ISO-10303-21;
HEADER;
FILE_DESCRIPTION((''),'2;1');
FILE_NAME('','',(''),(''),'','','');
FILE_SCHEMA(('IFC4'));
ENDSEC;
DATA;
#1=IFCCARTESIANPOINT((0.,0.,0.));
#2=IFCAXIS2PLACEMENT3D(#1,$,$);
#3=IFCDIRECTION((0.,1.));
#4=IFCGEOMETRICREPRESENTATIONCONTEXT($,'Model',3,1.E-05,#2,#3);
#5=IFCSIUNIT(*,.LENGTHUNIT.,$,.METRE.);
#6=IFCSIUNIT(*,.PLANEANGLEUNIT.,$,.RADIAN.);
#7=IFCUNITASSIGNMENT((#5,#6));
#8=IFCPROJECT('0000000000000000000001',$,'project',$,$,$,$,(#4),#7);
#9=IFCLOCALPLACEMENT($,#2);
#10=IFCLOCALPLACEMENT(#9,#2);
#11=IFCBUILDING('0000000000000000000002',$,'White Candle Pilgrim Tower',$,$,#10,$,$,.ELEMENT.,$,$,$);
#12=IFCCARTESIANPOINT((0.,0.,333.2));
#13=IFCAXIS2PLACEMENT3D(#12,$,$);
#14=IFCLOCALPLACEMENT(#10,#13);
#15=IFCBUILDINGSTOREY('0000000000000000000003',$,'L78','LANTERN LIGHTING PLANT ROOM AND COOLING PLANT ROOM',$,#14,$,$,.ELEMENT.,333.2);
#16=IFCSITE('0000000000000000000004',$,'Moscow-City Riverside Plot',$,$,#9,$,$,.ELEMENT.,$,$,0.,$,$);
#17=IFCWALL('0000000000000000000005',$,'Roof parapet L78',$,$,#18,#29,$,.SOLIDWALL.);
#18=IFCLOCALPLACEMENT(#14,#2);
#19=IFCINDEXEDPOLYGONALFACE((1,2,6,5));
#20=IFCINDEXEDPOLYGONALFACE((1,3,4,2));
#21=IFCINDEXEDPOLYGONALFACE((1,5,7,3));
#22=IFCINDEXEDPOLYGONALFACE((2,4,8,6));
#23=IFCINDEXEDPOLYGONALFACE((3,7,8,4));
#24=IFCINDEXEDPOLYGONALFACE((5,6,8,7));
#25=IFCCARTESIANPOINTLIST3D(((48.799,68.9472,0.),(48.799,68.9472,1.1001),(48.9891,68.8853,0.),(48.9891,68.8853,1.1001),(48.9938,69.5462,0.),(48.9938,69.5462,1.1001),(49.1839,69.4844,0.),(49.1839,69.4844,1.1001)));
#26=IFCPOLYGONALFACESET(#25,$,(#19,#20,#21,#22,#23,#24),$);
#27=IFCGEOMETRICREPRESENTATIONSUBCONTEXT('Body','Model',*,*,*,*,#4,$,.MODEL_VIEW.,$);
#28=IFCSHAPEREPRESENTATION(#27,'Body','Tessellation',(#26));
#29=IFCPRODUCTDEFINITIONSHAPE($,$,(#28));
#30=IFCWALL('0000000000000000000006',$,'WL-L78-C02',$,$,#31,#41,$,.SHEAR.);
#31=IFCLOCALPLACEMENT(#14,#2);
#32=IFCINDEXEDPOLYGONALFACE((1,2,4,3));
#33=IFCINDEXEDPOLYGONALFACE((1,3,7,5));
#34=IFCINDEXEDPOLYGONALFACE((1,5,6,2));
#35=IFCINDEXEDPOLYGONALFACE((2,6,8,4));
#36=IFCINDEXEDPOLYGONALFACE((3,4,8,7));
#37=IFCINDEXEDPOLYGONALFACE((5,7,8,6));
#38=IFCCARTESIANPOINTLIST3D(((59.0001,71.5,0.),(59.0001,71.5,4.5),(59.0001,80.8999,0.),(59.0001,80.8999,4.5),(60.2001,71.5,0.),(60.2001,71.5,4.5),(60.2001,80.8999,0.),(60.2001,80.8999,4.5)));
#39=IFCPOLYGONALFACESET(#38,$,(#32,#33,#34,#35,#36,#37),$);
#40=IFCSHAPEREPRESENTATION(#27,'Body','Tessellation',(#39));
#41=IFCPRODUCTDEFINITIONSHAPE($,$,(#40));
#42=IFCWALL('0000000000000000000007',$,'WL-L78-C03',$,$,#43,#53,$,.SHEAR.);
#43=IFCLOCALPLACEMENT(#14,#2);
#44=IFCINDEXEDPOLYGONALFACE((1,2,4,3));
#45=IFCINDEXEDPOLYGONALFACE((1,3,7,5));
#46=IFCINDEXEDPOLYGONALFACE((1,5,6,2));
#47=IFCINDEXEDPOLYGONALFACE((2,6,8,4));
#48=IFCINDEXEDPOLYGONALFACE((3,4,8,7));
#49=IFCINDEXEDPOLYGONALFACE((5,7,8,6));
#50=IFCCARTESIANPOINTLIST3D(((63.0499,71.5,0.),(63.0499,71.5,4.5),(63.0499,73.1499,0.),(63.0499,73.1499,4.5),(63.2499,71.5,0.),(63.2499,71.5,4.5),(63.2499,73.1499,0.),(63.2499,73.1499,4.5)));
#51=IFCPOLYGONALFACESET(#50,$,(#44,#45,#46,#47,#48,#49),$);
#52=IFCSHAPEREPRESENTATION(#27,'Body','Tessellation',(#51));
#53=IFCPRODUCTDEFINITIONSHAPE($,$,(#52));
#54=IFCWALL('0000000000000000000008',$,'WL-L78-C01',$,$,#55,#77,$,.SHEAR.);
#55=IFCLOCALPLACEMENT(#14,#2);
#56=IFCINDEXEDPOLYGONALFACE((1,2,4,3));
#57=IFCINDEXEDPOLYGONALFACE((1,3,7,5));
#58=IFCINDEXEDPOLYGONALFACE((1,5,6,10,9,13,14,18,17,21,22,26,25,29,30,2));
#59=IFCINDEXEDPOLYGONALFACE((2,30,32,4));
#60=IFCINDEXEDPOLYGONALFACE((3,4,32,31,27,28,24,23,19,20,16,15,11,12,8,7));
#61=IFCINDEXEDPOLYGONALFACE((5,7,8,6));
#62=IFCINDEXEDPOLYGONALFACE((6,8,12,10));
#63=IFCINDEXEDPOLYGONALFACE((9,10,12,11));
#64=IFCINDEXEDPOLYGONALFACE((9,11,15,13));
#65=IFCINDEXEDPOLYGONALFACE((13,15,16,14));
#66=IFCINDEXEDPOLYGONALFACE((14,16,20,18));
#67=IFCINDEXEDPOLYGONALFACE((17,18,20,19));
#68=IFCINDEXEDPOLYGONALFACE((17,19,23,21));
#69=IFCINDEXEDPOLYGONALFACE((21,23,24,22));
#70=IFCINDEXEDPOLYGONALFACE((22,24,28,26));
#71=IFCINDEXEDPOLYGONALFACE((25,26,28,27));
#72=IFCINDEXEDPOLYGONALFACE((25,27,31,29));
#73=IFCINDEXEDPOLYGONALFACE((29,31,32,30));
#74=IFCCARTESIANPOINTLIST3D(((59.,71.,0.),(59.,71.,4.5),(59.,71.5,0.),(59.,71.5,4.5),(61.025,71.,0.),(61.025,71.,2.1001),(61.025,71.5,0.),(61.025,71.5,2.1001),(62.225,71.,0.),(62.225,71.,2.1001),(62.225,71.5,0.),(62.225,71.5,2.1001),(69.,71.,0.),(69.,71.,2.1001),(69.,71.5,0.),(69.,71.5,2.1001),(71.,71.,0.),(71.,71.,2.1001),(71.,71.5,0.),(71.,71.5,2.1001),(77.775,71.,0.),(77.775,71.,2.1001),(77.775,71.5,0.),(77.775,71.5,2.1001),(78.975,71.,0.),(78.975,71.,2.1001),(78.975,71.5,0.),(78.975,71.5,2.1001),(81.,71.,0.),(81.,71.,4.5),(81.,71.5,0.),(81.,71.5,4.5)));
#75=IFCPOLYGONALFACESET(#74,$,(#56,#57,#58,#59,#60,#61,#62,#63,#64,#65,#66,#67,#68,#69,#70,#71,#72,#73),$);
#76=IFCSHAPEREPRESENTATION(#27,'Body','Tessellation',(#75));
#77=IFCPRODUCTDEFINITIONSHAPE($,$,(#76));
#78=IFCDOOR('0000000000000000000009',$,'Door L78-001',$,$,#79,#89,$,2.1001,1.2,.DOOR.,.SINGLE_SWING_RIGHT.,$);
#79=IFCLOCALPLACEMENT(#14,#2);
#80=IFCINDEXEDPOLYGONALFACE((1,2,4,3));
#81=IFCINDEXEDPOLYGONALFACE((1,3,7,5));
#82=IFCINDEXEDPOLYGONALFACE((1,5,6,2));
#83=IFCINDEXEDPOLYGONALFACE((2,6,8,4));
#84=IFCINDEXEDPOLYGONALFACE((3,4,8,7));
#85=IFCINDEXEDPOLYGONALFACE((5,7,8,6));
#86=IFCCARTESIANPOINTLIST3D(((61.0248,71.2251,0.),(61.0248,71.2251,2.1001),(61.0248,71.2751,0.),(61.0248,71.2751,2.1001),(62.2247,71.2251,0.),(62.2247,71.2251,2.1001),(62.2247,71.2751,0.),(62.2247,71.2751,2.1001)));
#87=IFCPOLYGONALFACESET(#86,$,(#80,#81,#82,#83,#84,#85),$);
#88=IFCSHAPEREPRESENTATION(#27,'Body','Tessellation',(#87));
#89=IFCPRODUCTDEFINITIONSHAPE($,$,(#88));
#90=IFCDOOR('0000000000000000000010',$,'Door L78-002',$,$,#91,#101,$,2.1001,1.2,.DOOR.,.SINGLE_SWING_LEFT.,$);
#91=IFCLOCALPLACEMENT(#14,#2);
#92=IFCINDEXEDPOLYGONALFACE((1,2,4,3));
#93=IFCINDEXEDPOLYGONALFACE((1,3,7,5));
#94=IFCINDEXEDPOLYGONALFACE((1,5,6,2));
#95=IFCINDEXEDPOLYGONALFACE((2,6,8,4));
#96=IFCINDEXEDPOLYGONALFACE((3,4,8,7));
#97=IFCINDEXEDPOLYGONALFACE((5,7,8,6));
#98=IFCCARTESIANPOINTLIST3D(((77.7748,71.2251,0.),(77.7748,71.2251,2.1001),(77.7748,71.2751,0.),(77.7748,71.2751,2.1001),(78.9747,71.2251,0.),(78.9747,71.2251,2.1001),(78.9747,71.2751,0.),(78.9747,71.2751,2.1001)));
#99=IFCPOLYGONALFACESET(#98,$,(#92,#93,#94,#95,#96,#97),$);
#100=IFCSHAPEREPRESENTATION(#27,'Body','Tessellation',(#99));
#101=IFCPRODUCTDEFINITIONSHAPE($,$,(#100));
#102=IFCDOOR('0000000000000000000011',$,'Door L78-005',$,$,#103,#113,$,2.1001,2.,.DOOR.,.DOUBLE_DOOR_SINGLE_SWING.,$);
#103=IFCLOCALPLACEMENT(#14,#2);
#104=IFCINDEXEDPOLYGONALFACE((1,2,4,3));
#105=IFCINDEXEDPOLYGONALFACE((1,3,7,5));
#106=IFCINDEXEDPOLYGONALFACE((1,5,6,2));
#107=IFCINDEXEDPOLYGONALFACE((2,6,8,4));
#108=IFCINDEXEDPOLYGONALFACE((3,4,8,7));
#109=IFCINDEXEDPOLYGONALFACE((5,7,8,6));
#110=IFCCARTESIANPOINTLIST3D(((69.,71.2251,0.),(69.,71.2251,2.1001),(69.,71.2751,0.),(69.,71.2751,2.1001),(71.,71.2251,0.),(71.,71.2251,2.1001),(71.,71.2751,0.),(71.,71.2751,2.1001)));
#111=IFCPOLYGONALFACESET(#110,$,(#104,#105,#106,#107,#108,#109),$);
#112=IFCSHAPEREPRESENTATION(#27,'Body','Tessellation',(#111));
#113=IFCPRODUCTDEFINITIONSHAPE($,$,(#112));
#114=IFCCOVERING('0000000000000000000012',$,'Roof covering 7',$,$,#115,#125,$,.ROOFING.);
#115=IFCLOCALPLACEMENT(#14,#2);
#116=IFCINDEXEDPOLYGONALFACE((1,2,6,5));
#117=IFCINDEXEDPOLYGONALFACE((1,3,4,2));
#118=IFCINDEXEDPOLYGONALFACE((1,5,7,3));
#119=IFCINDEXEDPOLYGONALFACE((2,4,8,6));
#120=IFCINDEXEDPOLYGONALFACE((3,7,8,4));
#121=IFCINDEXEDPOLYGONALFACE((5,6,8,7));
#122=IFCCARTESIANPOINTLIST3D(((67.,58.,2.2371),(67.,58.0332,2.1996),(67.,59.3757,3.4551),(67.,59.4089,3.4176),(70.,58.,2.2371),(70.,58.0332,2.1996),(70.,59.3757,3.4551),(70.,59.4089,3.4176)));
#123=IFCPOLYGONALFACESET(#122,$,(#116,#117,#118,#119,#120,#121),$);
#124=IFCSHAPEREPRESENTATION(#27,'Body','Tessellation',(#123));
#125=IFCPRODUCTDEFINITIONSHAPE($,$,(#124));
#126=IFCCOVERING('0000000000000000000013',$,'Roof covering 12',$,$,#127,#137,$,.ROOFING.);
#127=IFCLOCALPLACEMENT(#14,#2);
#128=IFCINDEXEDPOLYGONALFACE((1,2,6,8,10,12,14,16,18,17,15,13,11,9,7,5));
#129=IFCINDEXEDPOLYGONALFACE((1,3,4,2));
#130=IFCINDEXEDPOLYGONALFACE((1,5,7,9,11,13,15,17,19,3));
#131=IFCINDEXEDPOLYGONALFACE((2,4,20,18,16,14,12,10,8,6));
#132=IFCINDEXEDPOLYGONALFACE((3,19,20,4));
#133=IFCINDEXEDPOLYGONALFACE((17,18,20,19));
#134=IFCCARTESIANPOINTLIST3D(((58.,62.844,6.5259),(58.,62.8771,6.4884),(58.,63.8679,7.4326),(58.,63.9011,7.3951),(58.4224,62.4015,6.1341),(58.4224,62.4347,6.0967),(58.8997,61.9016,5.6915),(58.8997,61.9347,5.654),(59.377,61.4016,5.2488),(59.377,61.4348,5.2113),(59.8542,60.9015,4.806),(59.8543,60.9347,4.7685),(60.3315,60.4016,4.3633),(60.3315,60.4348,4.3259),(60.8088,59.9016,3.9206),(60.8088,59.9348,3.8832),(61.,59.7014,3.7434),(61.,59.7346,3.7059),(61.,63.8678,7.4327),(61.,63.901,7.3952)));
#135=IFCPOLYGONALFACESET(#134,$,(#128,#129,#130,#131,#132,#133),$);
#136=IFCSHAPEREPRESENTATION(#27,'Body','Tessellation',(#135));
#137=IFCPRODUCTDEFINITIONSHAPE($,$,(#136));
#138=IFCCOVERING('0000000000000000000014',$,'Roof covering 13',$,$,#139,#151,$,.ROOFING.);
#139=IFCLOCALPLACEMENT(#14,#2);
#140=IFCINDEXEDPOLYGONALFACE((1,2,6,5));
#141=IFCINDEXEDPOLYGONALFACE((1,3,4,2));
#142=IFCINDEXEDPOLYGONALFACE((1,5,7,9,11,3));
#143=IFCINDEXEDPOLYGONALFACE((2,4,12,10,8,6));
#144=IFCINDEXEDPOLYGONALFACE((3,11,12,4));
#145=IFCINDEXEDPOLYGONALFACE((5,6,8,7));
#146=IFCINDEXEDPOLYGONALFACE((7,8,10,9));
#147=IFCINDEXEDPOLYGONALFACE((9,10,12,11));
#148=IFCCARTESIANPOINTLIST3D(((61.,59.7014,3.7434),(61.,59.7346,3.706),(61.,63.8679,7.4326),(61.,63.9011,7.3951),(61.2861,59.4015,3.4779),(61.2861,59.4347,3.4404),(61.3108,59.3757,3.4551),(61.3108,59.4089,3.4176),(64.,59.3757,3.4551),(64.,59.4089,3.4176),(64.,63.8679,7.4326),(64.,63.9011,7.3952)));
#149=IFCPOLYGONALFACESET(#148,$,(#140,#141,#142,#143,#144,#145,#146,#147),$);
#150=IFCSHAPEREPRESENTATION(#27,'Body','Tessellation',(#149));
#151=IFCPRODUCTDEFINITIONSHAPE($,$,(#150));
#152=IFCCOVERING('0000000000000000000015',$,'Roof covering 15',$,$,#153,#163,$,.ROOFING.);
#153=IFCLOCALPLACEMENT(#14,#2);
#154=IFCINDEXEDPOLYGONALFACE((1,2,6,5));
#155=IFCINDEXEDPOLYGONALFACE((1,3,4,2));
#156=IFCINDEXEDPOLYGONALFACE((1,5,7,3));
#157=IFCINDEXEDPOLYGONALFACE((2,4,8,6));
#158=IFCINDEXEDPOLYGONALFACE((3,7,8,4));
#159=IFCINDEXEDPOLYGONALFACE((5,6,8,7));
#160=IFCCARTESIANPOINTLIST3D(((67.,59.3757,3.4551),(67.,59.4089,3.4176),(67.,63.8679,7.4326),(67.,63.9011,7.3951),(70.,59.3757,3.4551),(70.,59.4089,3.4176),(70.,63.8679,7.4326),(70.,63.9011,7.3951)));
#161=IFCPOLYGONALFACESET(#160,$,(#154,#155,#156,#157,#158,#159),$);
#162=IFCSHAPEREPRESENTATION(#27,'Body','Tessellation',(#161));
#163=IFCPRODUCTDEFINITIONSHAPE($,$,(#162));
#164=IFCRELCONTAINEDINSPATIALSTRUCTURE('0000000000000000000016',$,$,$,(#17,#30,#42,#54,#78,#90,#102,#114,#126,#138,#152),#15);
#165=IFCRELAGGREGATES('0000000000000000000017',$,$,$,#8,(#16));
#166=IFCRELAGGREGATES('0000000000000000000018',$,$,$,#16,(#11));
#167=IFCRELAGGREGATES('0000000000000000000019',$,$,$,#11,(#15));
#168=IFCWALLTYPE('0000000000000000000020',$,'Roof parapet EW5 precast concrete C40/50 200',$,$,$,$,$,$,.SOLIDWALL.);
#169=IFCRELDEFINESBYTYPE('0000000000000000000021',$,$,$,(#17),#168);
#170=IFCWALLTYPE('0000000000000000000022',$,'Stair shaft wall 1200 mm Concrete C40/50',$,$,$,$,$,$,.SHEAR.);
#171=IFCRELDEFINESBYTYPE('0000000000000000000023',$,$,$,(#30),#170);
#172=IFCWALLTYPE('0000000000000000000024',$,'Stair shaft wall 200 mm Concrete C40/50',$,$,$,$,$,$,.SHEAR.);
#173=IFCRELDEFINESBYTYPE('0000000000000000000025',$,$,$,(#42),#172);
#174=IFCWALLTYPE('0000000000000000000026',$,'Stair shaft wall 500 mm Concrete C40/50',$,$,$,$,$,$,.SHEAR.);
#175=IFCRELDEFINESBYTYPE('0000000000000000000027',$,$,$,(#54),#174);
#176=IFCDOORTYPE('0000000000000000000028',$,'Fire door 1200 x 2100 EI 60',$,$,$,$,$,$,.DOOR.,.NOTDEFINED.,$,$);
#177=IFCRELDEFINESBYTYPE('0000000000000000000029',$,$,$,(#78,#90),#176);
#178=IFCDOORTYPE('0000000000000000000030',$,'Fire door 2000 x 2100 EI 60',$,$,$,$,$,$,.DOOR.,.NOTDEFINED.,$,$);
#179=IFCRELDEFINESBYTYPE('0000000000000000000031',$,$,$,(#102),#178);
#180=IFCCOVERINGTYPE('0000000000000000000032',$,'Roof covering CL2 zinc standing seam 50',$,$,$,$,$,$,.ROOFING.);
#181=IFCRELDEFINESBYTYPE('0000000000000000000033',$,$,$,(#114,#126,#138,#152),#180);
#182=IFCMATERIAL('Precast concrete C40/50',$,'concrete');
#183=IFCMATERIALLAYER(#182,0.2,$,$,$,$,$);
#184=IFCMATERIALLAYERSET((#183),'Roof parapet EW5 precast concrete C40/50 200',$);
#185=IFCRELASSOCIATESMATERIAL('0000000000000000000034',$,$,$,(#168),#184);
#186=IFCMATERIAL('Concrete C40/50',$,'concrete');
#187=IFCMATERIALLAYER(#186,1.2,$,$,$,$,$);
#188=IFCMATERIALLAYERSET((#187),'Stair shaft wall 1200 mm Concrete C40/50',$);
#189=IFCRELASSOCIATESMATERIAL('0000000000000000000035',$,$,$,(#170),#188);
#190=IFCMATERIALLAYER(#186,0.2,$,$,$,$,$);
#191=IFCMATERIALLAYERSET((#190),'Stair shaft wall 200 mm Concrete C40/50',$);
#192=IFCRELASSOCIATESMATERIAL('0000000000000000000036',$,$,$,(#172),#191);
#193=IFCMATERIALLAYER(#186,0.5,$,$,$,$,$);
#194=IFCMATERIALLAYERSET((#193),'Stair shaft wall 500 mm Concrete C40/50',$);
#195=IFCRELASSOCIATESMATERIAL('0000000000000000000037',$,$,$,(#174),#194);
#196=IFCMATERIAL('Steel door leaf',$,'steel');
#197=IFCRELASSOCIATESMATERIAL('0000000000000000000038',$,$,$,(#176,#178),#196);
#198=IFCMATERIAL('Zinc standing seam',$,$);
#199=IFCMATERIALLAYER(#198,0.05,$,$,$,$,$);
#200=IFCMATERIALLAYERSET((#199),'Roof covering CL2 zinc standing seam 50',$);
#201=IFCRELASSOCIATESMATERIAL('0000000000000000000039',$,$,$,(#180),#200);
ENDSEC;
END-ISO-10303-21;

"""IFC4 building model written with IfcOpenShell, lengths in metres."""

from ifc_helpers import new_model, si_unit, direction, frame, frame_2d, origin, place, context, subcontext, project, spatial, polyline, rectangle, outline, extrude, material, layer, layer_set, type_object, element, fill, save


model = new_model("IFC4")

# Units and contexts
model_context = context("Model", 3, precision=1e-05, world=origin(), true_north=direction((0.0, 1.0)))
body_context = subcontext(model_context, "Body", "Model", "MODEL_VIEW")
ifc_project = project(units=[si_unit("LENGTHUNIT", "METRE"), si_unit("PLANEANGLEUNIT", "RADIAN")], contexts=[model_context])

# Site, building, storey
site_placement = place(None, origin())
site = spatial("IfcSite", under=ifc_project, at=site_placement, Name="Moscow-City Riverside Plot", CompositionType="ELEMENT", RefElevation=0.0)
building_placement = place(site_placement, origin())
building = spatial("IfcBuilding", under=site, at=building_placement, Name="White Candle Pilgrim Tower", CompositionType="ELEMENT")
storey_placement = place(building_placement, frame((0.0, 0.0, 333.2)))
storey = spatial("IfcBuildingStorey", under=building, at=storey_placement, Name="L78", Description="LANTERN LIGHTING PLANT ROOM AND COOLING PLANT ROOM", CompositionType="ELEMENT", Elevation=333.2)

# Shared definitions
ifc_material_1 = material(Name="Steel door leaf", Category="steel")

# Walls
ifc_material_2 = material(Name="Precast concrete C40/50", Category="concrete")
ifc_layer_1 = layer(ifc_material_2, 0.2)
ifc_layer_set_1 = layer_set([ifc_layer_1], Name="Roof parapet EW5 precast concrete C40/50 200")
wall_type_1 = type_object("IfcWallType", Name="Roof parapet EW5 precast concrete C40/50 200", PredefinedType="SOLIDWALL", material=ifc_layer_set_1)
wall_1_placement = place(storey_placement, frame((48.894, 68.9163, 0.0), z_axis=(0.0, 0.0, 1.0), x_axis=(0.309244, 0.950983, 0.0)))
element("IfcWall", 1, at=wall_1_placement, inside=storey, type_object=wall_type_1, Name="Roof parapet L78", PredefinedType="SOLIDWALL", context=body_context, shape_type="SweptSolid", body=[
    extrude(rectangle(XDim=0.6299, YDim=0.2, at=frame_2d((0.3149, 0.0))), origin(), (0.0, 0.0, 1.0), 1.1001),
])
ifc_material_3 = material(Name="Concrete C40/50", Category="concrete")
ifc_layer_2 = layer(ifc_material_3, 1.2)
ifc_layer_set_2 = layer_set([ifc_layer_2], Name="Stair shaft wall 1200 mm Concrete C40/50")
wall_type_2 = type_object("IfcWallType", Name="Stair shaft wall 1200 mm Concrete C40/50", PredefinedType="SHEAR", material=ifc_layer_set_2)
wall_2_placement = place(storey_placement, frame((59.6001, 71.5, 0.0), z_axis=(0.0, 0.0, 1.0), x_axis=(0.0, 1.0, 0.0)))
element("IfcWall", 2, at=wall_2_placement, inside=storey, type_object=wall_type_2, Name="WL-L78-C02", PredefinedType="SHEAR", context=body_context, shape_type="SweptSolid", body=[
    extrude(rectangle(XDim=9.3999, YDim=1.2, at=frame_2d((4.7, 0.0))), origin(), (0.0, 0.0, 1.0), 4.5),
])
ifc_layer_3 = layer(ifc_material_3, 0.2)
ifc_layer_set_3 = layer_set([ifc_layer_3], Name="Stair shaft wall 200 mm Concrete C40/50")
wall_type_3 = type_object("IfcWallType", Name="Stair shaft wall 200 mm Concrete C40/50", PredefinedType="SHEAR", material=ifc_layer_set_3)
wall_3_placement = place(storey_placement, frame((63.1499, 71.5, 0.0), z_axis=(0.0, 0.0, 1.0), x_axis=(0.0, 1.0, 0.0)))
element("IfcWall", 3, at=wall_3_placement, inside=storey, type_object=wall_type_3, Name="WL-L78-C03", PredefinedType="SHEAR", context=body_context, shape_type="SweptSolid", body=[
    extrude(rectangle(XDim=1.6499, YDim=0.2, at=frame_2d((0.825, 0.0))), origin(), (0.0, 0.0, 1.0), 4.5),
])

# Wall, openings, doors
ifc_layer_4 = layer(ifc_material_3, 0.5)
ifc_layer_set_4 = layer_set([ifc_layer_4], Name="Stair shaft wall 500 mm Concrete C40/50")
wall_type_4 = type_object("IfcWallType", Name="Stair shaft wall 500 mm Concrete C40/50", PredefinedType="SHEAR", material=ifc_layer_set_4)
wall_4_placement = place(storey_placement, frame((59.0, 71.25, 0.0), z_axis=(0.0, 0.0, 1.0), x_axis=(1.0, 0.0, 0.0)))
wall_4 = element("IfcWall", 4, at=wall_4_placement, inside=storey, type_object=wall_type_4, Name="WL-L78-C01", PredefinedType="SHEAR", context=body_context, shape_type="SweptSolid", body=[
    extrude(rectangle(XDim=22.0, YDim=0.5, at=frame_2d((11.0, 0.0))), origin(), (0.0, 0.0, 1.0), 4.5),
])
opening_1_placement = place(wall_4_placement, frame((2.0249, 0.0, 0.0)))
opening_1 = element("IfcOpeningElement", 5, at=opening_1_placement, cuts=wall_4, PredefinedType="OPENING", context=body_context, shape_type="SweptSolid", body=[
    extrude(rectangle(XDim=1.2, YDim=2.1001, at=frame_2d((0.6001, 1.05))), frame((0.0, 0.26, 0.0), z_axis=(0.0, -1.0, 0.0), x_axis=(1.0, 0.0, 0.0)), (0.0, 0.0, 1.0), 0.52),
])
opening_2_placement = place(wall_4_placement, frame((18.7749, 0.0, 0.0)))
opening_2 = element("IfcOpeningElement", 6, at=opening_2_placement, cuts=wall_4, PredefinedType="OPENING", context=body_context, shape_type="SweptSolid", body=[
    extrude(rectangle(XDim=1.2, YDim=2.1001, at=frame_2d((0.6001, 1.05))), frame((0.0, 0.26, 0.0), z_axis=(0.0, -1.0, 0.0), x_axis=(1.0, 0.0, 0.0)), (0.0, 0.0, 1.0), 0.52),
])
opening_3_placement = place(wall_4_placement, frame((10.0, 0.0, 0.0)))
opening_3 = element("IfcOpeningElement", 7, at=opening_3_placement, cuts=wall_4, PredefinedType="OPENING", context=body_context, shape_type="SweptSolid", body=[
    extrude(rectangle(XDim=2.0, YDim=2.1001, at=frame_2d((1.0, 1.05))), frame((0.0, 0.26, 0.0), z_axis=(0.0, -1.0, 0.0), x_axis=(1.0, 0.0, 0.0)), (0.0, 0.0, 1.0), 0.52),
])
door_type_1 = type_object("IfcDoorType", Name="Fire door 1200 x 2100 EI 60", OperationType="NOTDEFINED", PredefinedType="DOOR", material=ifc_material_1)
door_1_placement = place(opening_1_placement, frame((1.2, 0.0, 0.0), z_axis=(0.0, 0.0, 1.0), x_axis=(-1.0, 0.0, 0.0)))
door_1 = element("IfcDoor", 8, at=door_1_placement, inside=storey, type_object=door_type_1, Name="Door L78-001", OperationType="SINGLE_SWING_RIGHT", OverallHeight=2.1001, OverallWidth=1.2, PredefinedType="DOOR", context=body_context, shape_type="SweptSolid", body=[
    extrude(rectangle(XDim=1.2, YDim=2.1001, at=frame_2d((0.6001, 1.05))), frame((0.0, 0.0249, 0.0), z_axis=(0.0, -1.0, 0.0), x_axis=(1.0, 0.0, 0.0)), (0.0, 0.0, 1.0), 0.05),
])
fill(opening_1, door_1)
door_2_placement = place(opening_2_placement, frame((1.2, 0.0, 0.0), z_axis=(0.0, 0.0, 1.0), x_axis=(-1.0, 0.0, 0.0)))
door_2 = element("IfcDoor", 9, at=door_2_placement, inside=storey, type_object=door_type_1, Name="Door L78-002", OperationType="SINGLE_SWING_LEFT", OverallHeight=2.1001, OverallWidth=1.2, PredefinedType="DOOR", context=body_context, shape_type="SweptSolid", body=[
    extrude(rectangle(XDim=1.2, YDim=2.1001, at=frame_2d((0.6001, 1.05))), frame((0.0, 0.0249, 0.0), z_axis=(0.0, -1.0, 0.0), x_axis=(1.0, 0.0, 0.0)), (0.0, 0.0, 1.0), 0.05),
])
fill(opening_2, door_2)
door_type_2 = type_object("IfcDoorType", Name="Fire door 2000 x 2100 EI 60", OperationType="NOTDEFINED", PredefinedType="DOOR", material=ifc_material_1)
door_3_placement = place(opening_3_placement, frame((2.0, 0.0, 0.0), z_axis=(0.0, 0.0, 1.0), x_axis=(-1.0, 0.0, 0.0)))
door_3 = element("IfcDoor", 10, at=door_3_placement, inside=storey, type_object=door_type_2, Name="Door L78-005", OperationType="DOUBLE_DOOR_SINGLE_SWING", OverallHeight=2.1001, OverallWidth=2.0, PredefinedType="DOOR", context=body_context, shape_type="SweptSolid", body=[
    extrude(rectangle(XDim=2.0, YDim=2.1001, at=frame_2d((1.0, 1.05))), frame((0.0, 0.0249, 0.0), z_axis=(0.0, -1.0, 0.0), x_axis=(1.0, 0.0, 0.0)), (0.0, 0.0, 1.0), 0.05),
])
fill(opening_3, door_3)

# Coverings
ifc_material_4 = material(Name="Zinc standing seam")
ifc_layer_5 = layer(ifc_material_4, 0.05)
ifc_layer_set_5 = layer_set([ifc_layer_5], Name="Roof covering CL2 zinc standing seam 50")
covering_type_1 = type_object("IfcCoveringType", Name="Roof covering CL2 zinc standing seam 50", PredefinedType="ROOFING", material=ifc_layer_set_5)
covering_1_placement = place(storey_placement, frame((67.0, 59.3757, 3.4551), z_axis=(0.0, -0.662886, 0.74872), x_axis=(1.0, 0.0, 0.0)))
element("IfcCovering", 11, at=covering_1_placement, inside=storey, type_object=covering_type_1, Name="Roof covering 7", PredefinedType="ROOFING", context=body_context, shape_type="SweptSolid", body=[
    extrude(outline(polyline([(0.0, 0.0), (3.0, 0.0), (3.0, -1.8374), (0.0, -1.8374), (0.0, 0.0)])), origin(), (0.0, 0.0, -1.0), 0.05),
])
covering_2_placement = place(storey_placement, frame((58.0, 63.8679, 7.4326), z_axis=(-0.000045, -0.662943, 0.74867), x_axis=(1.0, -0.00003, 0.000034)))
element("IfcCovering", 12, at=covering_2_placement, inside=storey, type_object=covering_type_1, Name="Roof covering 12", PredefinedType="ROOFING", context=body_context, shape_type="SweptSolid", body=[
    extrude(outline(polyline([(0.0, 0.0), (3.0, 0.0), (3.0, -5.5651), (2.8088, -5.2977), (2.3315, -4.6299), (1.8542, -3.9621), (1.377, -3.2942), (0.8997, -2.6264), (0.4224, -1.9587), (0.0, -1.3677), (0.0, 0.0)])), origin(), (0.0, 0.0, -1.0), 0.05),
])
covering_3_placement = place(storey_placement, frame((61.0, 63.8679, 7.4326), z_axis=(-0.000007, -0.662919, 0.748691), x_axis=(1.0, -0.000005, 0.000005)))
element("IfcCovering", 13, at=covering_3_placement, inside=storey, type_object=covering_type_1, Name="Roof covering 13", PredefinedType="ROOFING", context=body_context, shape_type="SweptSolid", body=[
    extrude(outline(polyline([(0.0, 0.0), (3.0, 0.0), (3.0, -6.0), (0.3108, -6.0), (0.2861, -5.9656), (0.0, -5.5651), (0.0, 0.0)])), origin(), (0.0, 0.0, -1.0), 0.05),
])
covering_4_placement = place(storey_placement, frame((67.0, 59.3757, 3.4551), z_axis=(0.0, -0.662918, 0.748692), x_axis=(0.0, 0.748692, 0.662918)))
element("IfcCovering", 14, at=covering_4_placement, inside=storey, type_object=covering_type_1, Name="Roof covering 15", PredefinedType="ROOFING", context=body_context, shape_type="SweptSolid", body=[
    extrude(outline(polyline([(0.0, 0.0), (6.0, 0.0), (6.0, -3.0), (0.0, -3.0), (0.0, 0.0)])), origin(), (0.0, 0.0, -1.0), 0.05),
])

save(model, "model.ifc")
